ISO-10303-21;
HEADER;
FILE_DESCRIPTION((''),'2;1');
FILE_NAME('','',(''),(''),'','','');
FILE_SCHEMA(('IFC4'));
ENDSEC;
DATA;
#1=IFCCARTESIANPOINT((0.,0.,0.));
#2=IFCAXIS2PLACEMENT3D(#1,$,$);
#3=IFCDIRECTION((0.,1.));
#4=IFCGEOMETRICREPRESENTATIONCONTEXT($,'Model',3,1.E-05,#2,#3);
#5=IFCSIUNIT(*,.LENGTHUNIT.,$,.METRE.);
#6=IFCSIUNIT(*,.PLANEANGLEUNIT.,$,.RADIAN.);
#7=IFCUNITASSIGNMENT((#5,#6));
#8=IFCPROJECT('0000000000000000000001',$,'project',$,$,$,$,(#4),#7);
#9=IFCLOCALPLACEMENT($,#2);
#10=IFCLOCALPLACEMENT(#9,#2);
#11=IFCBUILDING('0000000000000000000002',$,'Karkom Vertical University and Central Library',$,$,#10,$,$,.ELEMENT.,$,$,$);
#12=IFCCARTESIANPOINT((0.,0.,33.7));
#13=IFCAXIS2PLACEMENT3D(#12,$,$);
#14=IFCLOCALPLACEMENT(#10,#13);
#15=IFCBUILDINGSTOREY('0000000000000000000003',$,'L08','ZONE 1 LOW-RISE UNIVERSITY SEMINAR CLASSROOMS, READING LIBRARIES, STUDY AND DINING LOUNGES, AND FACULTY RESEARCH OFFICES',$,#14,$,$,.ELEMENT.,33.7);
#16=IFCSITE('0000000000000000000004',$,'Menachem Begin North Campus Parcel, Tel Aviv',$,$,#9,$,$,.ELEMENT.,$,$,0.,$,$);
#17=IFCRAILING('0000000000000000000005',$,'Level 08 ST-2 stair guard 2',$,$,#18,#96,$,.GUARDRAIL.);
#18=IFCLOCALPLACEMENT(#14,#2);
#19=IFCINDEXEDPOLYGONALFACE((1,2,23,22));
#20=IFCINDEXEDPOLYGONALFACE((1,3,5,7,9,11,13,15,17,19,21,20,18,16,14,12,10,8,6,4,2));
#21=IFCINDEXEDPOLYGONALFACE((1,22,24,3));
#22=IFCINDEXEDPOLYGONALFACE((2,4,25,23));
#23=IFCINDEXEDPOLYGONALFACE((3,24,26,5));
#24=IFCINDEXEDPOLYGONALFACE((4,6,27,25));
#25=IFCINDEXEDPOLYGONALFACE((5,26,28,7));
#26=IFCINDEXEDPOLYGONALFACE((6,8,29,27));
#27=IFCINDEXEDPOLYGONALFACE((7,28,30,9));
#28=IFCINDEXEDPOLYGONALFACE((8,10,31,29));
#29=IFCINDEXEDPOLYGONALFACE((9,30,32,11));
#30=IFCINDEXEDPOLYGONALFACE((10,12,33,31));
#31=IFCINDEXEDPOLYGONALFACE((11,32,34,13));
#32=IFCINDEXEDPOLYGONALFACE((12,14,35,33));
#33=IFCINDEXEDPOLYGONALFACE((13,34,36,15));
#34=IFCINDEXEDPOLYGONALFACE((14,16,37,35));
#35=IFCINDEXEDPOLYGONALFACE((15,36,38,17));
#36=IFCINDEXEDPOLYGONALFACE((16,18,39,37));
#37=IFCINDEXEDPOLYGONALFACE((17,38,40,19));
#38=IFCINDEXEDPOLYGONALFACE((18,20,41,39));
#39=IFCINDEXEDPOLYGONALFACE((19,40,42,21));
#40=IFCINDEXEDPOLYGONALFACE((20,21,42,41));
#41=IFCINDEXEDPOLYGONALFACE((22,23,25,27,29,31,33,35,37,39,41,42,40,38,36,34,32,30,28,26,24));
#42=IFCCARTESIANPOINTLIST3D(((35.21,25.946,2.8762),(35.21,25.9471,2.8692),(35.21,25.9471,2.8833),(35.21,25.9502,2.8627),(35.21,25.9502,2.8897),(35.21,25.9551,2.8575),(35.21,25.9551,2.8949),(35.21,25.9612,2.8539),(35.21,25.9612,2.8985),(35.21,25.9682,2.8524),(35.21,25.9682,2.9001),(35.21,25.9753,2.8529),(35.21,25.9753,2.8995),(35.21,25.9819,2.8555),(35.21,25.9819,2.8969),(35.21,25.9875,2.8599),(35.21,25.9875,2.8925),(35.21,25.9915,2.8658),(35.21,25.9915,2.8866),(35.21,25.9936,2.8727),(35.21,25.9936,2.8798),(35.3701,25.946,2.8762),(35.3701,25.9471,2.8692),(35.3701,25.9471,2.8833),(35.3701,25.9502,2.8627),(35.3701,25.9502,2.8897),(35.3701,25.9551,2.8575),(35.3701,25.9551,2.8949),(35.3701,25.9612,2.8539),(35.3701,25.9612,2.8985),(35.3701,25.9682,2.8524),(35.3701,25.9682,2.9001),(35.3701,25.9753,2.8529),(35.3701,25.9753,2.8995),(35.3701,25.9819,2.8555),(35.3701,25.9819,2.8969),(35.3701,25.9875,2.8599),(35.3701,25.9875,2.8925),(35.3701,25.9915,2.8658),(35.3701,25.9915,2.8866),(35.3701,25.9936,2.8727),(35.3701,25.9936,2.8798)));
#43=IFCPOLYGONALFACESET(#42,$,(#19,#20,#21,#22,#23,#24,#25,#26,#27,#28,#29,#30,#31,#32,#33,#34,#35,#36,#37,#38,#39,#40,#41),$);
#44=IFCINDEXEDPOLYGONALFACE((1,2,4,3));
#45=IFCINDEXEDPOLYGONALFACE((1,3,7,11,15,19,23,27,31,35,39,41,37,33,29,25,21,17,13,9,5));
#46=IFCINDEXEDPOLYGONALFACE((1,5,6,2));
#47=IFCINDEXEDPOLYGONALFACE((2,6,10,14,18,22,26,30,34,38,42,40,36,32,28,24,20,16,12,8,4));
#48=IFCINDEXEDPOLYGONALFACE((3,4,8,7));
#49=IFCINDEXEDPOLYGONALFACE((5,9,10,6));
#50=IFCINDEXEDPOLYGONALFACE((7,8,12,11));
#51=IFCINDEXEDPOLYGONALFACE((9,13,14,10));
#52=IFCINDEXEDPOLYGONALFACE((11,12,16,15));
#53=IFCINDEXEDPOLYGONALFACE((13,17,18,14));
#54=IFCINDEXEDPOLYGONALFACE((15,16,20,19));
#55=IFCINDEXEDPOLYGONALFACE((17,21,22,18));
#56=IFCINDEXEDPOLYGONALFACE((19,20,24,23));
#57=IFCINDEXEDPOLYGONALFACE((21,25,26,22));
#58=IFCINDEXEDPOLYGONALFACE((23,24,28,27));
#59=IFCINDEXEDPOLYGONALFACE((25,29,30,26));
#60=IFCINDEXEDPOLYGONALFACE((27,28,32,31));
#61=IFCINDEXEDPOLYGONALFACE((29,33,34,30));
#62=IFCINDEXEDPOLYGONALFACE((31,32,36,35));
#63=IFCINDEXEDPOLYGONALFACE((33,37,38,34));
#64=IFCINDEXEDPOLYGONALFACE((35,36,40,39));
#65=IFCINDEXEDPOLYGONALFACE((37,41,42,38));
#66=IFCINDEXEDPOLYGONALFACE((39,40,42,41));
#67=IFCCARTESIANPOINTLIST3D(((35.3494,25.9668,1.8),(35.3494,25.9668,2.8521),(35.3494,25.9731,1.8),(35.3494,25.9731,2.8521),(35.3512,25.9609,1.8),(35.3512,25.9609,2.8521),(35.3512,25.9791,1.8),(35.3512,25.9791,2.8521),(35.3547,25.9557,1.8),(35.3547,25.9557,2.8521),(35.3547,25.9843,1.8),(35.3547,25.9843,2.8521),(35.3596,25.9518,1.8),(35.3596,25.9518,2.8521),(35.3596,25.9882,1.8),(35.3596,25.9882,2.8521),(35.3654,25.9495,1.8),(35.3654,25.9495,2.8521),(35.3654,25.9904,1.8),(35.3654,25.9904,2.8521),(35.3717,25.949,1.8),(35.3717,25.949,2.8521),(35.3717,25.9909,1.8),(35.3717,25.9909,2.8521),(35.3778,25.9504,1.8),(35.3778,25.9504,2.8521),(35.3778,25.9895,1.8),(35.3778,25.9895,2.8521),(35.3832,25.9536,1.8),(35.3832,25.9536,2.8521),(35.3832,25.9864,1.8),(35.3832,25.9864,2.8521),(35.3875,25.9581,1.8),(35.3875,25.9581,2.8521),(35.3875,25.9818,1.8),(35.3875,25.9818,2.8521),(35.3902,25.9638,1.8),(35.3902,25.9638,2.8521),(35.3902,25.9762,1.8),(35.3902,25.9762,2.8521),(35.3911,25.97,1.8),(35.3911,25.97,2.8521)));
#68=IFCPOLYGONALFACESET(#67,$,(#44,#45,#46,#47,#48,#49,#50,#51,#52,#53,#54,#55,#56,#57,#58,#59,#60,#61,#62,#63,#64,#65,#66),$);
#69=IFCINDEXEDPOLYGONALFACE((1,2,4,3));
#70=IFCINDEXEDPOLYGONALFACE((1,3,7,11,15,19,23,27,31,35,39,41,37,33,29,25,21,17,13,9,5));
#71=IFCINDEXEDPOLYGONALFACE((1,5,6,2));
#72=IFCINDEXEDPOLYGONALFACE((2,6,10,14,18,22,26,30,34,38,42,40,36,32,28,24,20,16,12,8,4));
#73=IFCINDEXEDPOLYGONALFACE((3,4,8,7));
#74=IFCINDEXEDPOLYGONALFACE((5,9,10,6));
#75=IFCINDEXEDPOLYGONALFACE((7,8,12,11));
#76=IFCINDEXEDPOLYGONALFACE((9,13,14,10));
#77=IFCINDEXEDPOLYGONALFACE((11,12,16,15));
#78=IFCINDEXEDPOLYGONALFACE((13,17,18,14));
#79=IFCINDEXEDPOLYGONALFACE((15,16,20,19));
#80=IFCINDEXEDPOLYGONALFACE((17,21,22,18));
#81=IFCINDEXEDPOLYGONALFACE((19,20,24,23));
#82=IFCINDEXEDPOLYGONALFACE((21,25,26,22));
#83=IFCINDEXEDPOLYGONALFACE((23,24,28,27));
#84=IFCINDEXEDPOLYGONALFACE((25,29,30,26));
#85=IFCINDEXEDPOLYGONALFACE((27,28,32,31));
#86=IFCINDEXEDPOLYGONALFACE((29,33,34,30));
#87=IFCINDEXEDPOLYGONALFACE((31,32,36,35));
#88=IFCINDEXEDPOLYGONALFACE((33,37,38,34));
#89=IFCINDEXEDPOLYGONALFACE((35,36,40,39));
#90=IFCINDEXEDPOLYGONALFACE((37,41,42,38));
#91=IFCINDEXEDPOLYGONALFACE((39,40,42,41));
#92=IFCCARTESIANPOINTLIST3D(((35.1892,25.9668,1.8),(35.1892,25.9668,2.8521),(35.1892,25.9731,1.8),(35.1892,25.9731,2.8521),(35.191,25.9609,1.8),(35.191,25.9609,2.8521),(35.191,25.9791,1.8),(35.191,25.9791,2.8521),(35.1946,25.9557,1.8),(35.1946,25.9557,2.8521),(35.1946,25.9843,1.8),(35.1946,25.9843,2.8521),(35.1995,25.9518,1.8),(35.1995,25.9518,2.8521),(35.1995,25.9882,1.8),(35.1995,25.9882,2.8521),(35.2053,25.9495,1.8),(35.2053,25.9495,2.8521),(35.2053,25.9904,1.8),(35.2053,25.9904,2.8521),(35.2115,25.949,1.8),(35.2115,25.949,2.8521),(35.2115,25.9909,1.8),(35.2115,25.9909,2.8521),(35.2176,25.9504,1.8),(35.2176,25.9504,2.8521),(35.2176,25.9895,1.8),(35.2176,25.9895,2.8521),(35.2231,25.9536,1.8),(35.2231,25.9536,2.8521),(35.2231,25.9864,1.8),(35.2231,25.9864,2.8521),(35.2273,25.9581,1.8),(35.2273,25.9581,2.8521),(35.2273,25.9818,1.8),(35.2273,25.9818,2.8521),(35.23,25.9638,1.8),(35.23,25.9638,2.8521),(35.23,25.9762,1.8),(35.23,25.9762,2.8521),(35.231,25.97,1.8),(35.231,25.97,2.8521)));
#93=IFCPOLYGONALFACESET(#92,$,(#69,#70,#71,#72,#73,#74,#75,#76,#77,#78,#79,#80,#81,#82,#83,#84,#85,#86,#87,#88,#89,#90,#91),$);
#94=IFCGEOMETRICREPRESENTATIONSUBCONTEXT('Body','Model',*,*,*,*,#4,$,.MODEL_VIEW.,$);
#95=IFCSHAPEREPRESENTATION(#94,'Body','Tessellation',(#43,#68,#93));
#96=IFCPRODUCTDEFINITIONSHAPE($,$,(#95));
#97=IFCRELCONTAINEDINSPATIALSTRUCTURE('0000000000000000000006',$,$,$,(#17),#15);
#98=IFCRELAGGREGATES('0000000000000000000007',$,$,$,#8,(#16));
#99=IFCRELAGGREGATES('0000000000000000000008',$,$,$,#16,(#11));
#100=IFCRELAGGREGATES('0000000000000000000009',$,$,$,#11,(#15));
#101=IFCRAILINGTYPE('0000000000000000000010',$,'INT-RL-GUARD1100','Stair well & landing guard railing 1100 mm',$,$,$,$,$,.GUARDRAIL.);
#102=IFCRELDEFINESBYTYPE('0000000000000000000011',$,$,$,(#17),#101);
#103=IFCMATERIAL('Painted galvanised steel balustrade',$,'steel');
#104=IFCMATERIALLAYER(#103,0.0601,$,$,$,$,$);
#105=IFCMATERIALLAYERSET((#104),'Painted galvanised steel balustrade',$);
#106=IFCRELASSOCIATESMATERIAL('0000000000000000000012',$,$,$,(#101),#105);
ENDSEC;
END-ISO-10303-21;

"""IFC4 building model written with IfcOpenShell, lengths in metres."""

from ifc_helpers import new_model, si_unit, direction, frame, origin, origin_2d, place, context, subcontext, project, spatial, circle, extrude, material, layer, layer_set, type_object, element, save


model = new_model("IFC4")

# Units and contexts
model_context = context("Model", 3, precision=1e-05, world=origin(), true_north=direction((0.0, 1.0)))
body_context = subcontext(model_context, "Body", "Model", "MODEL_VIEW")
ifc_project = project(units=[si_unit("LENGTHUNIT", "METRE"), si_unit("PLANEANGLEUNIT", "RADIAN")], contexts=[model_context])

# Site, building, storey
site_placement = place(None, origin())
site = spatial("IfcSite", under=ifc_project, at=site_placement, Name="Menachem Begin North Campus Parcel, Tel Aviv", CompositionType="ELEMENT", RefElevation=0.0)
building_placement = place(site_placement, origin())
building = spatial("IfcBuilding", under=site, at=building_placement, Name="Karkom Vertical University and Central Library", CompositionType="ELEMENT")
storey_placement = place(building_placement, frame((0.0, 0.0, 33.7)))
storey = spatial("IfcBuildingStorey", under=building, at=storey_placement, Name="L08", Description="ZONE 1 LOW-RISE UNIVERSITY SEMINAR CLASSROOMS, READING LIBRARIES, STUDY AND DINING LOUNGES, AND FACULTY RESEARCH OFFICES", CompositionType="ELEMENT", Elevation=33.7)

# Railing
ifc_material_1 = material(Name="Painted galvanised steel balustrade", Category="steel")
ifc_layer_1 = layer(ifc_material_1, 0.0601)
ifc_layer_set_1 = layer_set([ifc_layer_1], Name="Painted galvanised steel balustrade")
railing_type = type_object("IfcRailingType", Name="INT-RL-GUARD1100", Description="Stair well & landing guard railing 1100 mm", PredefinedType="GUARDRAIL", material=ifc_layer_set_1)
railing_1_placement = place(storey_placement, frame((35.3701, 25.97, 1.8)))
element("IfcRailing", 1, at=railing_1_placement, inside=storey, type_object=railing_type, Name="Level 08 ST-2 stair guard 2", PredefinedType="GUARDRAIL", context=body_context, shape_type="SweptSolid", body=[
    extrude(circle(Radius=0.0239, at=origin_2d()), frame((0.0, 0.0, 1.0762), z_axis=(-1.0, 0.0, 0.0), x_axis=(0.0, -1.0, 0.0)), (0.0, 0.0, 1.0), 0.1602),
    extrude(circle(Radius=0.021, at=origin_2d()), origin(), (0.0, 0.0, 1.0), 1.052),
    extrude(circle(Radius=0.021, at=origin_2d()), frame((-0.1602, 0.0, 0.0)), (0.0, 0.0, 1.0), 1.052),
])

save(model, "model.ifc")
